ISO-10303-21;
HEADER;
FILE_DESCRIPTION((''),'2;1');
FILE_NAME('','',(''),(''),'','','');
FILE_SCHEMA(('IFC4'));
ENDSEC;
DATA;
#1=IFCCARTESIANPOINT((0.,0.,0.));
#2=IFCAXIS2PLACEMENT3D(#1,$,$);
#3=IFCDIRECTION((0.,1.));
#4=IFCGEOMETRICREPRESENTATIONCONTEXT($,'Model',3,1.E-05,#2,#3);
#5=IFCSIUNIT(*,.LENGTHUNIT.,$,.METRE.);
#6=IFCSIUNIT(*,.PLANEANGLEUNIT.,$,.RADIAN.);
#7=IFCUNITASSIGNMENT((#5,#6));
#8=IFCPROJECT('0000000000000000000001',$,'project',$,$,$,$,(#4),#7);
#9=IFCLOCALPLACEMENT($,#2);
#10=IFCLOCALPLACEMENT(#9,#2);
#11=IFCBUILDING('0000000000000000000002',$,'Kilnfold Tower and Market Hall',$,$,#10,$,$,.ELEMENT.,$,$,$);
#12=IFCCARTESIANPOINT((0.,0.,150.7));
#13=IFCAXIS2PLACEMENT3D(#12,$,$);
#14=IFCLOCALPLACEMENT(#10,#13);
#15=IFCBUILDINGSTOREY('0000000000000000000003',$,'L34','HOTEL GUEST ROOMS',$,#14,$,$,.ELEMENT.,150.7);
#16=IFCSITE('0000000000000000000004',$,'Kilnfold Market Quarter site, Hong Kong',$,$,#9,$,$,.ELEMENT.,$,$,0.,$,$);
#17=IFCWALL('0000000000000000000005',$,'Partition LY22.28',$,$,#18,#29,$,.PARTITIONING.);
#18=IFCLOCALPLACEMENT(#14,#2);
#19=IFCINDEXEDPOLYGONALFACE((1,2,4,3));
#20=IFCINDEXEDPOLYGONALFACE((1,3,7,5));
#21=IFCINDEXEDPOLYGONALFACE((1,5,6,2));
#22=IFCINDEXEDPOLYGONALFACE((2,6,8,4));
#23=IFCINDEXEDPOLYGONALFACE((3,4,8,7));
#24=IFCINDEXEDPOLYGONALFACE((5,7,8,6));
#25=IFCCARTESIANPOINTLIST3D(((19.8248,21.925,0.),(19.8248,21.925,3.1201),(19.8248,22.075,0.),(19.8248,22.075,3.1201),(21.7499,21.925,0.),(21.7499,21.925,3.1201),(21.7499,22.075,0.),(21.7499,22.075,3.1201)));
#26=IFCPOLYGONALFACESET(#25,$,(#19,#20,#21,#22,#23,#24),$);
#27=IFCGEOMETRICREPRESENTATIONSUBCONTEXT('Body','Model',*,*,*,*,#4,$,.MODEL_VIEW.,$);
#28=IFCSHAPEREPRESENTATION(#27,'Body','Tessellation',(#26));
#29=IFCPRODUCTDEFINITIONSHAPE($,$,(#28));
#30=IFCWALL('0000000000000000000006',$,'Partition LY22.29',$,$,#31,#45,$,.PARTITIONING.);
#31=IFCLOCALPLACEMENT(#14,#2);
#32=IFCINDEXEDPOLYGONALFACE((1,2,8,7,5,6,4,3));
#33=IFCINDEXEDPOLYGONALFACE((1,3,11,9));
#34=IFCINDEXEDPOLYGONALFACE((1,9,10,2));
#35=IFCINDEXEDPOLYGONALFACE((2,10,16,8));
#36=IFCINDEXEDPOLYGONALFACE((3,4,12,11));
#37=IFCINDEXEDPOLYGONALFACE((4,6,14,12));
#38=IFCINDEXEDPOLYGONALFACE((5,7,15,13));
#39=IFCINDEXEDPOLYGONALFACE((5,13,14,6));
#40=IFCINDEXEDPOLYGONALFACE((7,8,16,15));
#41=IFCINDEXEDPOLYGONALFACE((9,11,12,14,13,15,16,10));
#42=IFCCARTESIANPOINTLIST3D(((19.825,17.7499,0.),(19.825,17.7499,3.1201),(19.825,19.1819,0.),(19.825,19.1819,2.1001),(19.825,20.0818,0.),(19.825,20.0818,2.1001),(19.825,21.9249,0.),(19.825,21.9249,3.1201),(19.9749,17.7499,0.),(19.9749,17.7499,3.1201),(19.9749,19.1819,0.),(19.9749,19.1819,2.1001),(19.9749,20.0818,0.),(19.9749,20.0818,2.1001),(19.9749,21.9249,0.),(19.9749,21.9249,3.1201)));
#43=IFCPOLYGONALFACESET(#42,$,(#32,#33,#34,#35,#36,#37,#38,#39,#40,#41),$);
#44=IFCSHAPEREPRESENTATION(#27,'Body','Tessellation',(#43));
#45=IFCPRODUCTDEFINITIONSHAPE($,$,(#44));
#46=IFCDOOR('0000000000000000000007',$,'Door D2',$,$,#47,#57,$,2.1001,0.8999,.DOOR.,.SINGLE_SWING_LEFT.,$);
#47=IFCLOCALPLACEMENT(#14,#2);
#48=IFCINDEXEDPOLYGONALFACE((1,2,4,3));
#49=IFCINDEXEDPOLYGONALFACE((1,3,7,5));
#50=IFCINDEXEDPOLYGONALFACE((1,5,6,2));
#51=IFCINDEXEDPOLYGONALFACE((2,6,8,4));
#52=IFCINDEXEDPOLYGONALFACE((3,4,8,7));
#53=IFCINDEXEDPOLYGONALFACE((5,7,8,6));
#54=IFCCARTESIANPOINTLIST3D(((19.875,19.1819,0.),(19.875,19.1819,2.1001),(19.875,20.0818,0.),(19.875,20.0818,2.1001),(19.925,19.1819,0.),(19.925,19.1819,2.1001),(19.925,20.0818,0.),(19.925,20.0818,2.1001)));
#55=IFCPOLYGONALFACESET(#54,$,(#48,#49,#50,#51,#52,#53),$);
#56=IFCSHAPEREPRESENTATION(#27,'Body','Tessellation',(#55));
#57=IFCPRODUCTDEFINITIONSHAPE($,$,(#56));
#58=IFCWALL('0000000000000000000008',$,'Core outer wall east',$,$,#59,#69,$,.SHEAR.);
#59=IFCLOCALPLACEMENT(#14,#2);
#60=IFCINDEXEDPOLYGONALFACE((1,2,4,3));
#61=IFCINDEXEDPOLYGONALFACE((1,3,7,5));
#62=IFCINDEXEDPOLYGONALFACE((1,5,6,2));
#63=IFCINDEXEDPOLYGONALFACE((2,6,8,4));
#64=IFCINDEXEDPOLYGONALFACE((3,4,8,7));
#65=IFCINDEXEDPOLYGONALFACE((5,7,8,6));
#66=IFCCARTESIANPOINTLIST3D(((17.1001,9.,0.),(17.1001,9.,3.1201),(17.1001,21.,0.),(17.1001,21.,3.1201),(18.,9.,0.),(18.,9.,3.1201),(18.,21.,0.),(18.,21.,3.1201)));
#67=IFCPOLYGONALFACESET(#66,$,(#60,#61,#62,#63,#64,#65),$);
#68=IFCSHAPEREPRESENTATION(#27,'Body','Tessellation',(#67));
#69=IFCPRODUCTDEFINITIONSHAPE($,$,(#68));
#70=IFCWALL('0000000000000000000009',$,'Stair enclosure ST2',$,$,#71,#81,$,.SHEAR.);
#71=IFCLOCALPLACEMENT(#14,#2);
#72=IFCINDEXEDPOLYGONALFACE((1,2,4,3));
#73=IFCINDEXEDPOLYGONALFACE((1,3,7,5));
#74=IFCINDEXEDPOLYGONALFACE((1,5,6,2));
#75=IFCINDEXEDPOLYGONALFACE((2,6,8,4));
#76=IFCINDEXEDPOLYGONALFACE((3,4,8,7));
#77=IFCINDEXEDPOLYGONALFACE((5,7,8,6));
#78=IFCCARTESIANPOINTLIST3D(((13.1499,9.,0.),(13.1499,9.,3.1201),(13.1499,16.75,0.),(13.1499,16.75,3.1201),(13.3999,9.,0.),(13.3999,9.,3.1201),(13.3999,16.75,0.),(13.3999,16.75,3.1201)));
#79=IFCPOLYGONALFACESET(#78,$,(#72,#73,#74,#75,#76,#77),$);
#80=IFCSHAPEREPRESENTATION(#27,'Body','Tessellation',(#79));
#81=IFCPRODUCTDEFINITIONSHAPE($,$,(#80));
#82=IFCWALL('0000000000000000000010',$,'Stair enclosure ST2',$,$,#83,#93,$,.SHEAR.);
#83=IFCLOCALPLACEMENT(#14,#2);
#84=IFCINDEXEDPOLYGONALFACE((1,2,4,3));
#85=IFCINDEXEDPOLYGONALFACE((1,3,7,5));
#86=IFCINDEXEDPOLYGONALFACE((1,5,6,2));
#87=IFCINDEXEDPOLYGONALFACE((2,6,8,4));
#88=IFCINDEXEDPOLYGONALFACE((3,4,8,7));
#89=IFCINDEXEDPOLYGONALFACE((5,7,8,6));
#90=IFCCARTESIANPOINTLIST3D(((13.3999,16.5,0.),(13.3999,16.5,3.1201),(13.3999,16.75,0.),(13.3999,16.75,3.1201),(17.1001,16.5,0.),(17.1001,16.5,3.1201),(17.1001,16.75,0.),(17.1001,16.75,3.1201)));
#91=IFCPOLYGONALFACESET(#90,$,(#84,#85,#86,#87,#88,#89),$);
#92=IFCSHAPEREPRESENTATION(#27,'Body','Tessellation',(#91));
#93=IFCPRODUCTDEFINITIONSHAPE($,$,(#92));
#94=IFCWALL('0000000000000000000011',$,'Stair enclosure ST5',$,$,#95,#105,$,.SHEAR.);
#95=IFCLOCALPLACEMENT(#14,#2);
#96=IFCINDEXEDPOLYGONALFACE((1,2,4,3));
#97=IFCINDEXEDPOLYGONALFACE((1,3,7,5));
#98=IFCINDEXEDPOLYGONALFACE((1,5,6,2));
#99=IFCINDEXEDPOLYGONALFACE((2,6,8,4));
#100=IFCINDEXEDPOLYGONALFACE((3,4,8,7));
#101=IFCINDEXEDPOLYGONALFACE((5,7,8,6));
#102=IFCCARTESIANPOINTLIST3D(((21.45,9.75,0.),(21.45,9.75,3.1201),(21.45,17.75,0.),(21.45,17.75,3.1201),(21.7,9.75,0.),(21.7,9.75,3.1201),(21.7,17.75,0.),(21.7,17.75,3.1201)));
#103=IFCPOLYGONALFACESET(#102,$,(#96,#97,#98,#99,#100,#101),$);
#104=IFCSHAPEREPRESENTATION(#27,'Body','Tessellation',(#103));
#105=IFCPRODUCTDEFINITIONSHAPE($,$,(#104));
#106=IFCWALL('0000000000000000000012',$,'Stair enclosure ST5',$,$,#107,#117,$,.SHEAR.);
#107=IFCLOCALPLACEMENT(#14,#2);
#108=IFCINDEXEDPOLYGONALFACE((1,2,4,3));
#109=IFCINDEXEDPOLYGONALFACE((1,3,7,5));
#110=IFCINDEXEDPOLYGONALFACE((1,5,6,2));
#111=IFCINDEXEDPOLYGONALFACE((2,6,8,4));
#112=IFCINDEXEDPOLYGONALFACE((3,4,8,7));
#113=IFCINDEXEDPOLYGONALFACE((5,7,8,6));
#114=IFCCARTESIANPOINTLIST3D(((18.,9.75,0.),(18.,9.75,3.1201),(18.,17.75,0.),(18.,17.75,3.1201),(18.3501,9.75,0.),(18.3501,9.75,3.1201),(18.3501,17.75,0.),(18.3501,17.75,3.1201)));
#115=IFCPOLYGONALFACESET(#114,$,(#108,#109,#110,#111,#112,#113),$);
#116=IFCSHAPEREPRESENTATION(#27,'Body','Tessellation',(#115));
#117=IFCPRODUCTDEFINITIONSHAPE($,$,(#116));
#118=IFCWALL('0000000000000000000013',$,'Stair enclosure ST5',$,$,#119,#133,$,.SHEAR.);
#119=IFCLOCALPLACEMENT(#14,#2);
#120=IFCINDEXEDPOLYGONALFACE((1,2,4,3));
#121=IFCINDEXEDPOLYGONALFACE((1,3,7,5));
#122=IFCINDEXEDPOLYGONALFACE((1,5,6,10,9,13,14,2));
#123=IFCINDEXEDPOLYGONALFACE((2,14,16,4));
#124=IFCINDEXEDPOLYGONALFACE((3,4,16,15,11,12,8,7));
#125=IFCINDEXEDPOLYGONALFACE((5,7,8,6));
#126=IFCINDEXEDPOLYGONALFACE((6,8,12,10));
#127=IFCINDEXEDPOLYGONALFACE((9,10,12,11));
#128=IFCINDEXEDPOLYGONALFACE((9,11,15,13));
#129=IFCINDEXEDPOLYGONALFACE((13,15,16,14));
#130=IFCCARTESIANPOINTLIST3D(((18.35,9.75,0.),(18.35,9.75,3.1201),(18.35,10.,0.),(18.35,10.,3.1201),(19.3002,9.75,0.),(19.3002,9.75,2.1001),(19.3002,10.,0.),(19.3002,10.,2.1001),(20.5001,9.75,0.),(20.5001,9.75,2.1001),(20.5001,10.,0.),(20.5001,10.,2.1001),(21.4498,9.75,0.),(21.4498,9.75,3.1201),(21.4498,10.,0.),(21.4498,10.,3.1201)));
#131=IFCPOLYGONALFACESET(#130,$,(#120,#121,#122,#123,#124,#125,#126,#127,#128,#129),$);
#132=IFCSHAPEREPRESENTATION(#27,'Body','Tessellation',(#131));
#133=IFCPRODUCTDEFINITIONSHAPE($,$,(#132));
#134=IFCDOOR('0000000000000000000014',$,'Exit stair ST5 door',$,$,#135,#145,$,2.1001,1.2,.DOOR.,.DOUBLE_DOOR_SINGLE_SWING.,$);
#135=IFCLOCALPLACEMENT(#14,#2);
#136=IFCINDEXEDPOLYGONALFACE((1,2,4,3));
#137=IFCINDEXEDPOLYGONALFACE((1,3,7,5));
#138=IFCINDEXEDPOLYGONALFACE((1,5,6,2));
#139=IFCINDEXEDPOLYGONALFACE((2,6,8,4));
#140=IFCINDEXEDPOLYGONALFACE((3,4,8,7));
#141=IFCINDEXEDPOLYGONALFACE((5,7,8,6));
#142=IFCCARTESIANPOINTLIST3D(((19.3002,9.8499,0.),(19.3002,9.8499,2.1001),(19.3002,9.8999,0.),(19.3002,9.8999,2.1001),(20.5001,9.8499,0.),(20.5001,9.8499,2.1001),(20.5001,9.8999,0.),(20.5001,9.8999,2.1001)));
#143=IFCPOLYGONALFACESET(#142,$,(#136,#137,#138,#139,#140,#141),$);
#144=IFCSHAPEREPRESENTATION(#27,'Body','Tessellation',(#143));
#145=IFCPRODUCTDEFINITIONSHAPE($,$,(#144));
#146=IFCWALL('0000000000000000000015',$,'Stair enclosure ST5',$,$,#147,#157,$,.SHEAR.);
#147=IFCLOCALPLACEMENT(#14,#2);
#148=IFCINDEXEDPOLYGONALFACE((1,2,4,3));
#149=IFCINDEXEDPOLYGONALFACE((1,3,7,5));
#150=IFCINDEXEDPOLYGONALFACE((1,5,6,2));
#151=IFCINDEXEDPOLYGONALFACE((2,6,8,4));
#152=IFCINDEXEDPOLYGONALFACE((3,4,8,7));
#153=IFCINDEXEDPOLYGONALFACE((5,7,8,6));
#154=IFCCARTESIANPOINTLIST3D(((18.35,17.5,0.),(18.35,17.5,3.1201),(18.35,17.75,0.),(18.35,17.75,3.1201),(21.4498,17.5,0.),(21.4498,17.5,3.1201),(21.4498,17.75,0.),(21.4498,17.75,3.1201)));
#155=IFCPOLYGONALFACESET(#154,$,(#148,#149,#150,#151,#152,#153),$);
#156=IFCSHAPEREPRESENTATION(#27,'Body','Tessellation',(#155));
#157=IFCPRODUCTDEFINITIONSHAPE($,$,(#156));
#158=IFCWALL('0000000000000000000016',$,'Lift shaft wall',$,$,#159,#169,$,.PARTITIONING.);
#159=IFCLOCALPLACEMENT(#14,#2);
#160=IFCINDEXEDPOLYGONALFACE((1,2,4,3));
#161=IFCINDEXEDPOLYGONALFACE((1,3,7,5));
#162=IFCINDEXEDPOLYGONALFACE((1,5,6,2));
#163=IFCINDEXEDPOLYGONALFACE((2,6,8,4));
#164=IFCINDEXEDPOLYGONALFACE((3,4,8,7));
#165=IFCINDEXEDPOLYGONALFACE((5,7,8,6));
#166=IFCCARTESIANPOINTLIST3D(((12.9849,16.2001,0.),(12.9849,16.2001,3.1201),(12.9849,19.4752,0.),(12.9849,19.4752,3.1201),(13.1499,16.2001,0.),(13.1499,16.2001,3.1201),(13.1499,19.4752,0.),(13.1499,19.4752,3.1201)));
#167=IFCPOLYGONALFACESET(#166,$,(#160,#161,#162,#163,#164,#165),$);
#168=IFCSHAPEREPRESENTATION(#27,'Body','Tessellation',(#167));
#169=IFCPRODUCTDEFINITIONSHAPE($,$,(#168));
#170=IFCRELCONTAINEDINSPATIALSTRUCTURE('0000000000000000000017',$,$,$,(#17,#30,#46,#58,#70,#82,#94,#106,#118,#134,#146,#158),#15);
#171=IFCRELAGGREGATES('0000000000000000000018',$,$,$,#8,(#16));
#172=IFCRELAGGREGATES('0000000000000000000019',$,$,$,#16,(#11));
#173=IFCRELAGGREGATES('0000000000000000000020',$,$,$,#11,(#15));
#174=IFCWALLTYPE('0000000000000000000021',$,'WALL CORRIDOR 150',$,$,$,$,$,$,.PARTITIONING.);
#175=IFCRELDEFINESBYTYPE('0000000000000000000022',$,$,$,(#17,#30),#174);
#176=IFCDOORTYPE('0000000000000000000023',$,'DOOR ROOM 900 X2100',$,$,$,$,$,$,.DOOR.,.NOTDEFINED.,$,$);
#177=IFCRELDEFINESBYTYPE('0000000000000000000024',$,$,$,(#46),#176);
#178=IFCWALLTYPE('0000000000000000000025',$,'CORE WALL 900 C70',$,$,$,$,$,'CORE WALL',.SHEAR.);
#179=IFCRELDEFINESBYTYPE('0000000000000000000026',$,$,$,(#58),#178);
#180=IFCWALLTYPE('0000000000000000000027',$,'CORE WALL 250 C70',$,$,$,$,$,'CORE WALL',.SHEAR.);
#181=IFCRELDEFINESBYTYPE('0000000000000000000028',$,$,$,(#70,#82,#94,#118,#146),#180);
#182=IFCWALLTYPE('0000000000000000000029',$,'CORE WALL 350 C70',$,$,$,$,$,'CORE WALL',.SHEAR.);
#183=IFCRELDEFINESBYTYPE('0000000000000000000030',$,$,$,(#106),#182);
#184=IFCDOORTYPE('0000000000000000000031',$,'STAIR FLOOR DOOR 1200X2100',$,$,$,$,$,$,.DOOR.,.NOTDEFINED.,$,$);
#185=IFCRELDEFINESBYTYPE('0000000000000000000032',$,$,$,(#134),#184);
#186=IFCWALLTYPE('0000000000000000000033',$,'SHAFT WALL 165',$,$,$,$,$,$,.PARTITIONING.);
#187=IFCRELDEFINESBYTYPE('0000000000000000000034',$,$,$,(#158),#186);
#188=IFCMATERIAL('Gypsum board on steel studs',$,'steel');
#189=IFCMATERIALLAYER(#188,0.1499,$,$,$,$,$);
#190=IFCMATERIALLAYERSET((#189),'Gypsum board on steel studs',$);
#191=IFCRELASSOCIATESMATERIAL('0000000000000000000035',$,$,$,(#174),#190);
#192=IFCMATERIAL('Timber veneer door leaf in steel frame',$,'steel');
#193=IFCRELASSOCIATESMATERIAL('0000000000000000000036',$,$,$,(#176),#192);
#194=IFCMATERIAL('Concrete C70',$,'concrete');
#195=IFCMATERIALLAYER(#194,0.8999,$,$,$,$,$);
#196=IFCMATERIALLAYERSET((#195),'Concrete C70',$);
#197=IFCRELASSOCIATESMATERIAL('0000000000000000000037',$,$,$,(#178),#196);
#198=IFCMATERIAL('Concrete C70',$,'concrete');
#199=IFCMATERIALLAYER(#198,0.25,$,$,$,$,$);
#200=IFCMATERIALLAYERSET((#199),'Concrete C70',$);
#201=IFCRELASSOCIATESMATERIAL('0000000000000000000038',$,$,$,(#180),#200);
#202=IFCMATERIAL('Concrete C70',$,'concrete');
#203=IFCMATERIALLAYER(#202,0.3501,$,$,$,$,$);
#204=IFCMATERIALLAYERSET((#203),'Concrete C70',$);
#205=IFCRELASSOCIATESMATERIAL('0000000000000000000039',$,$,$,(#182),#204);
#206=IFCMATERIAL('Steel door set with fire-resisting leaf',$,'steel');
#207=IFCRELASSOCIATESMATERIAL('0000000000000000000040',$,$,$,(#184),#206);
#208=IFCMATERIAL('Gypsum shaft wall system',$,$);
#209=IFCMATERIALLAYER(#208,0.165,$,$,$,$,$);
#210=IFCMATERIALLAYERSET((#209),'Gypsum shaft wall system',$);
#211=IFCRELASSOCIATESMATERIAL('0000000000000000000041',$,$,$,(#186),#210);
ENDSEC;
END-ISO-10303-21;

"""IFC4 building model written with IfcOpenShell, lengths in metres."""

from ifc_helpers import new_model, si_unit, direction, frame, frame_2d, origin, place, context, subcontext, project, spatial, rectangle, extrude, source, transform, mapped, material, layer, layer_set, type_object, element, fill, save


model = new_model("IFC4")

# Units and contexts
model_context = context("Model", 3, precision=1e-05, world=origin(), true_north=direction((0.0, 1.0)))
body_context = subcontext(model_context, "Body", "Model", "MODEL_VIEW")
ifc_project = project(units=[si_unit("LENGTHUNIT", "METRE"), si_unit("PLANEANGLEUNIT", "RADIAN")], contexts=[model_context])

# Site, building, storey
site_placement = place(None, origin())
site = spatial("IfcSite", under=ifc_project, at=site_placement, Name="Kilnfold Market Quarter site, Hong Kong", CompositionType="ELEMENT", RefElevation=0.0)
building_placement = place(site_placement, origin())
building = spatial("IfcBuilding", under=site, at=building_placement, Name="Kilnfold Tower and Market Hall", CompositionType="ELEMENT")
storey_placement = place(building_placement, frame((0.0, 0.0, 150.7)))
storey = spatial("IfcBuildingStorey", under=building, at=storey_placement, Name="L34", Description="HOTEL GUEST ROOMS", CompositionType="ELEMENT", Elevation=150.7)

# Wall
ifc_material_1 = material(Name="Gypsum board on steel studs", Category="steel")
ifc_layer_1 = layer(ifc_material_1, 0.1499)
ifc_layer_set_1 = layer_set([ifc_layer_1], Name="Gypsum board on steel studs")
wall_type_1 = type_object("IfcWallType", Name="WALL CORRIDOR 150", PredefinedType="PARTITIONING", material=ifc_layer_set_1)
wall_1_placement = place(storey_placement, frame((19.825, 22.0, 0.0), z_axis=(0.0, 0.0, 1.0), x_axis=(1.0, 0.0, 0.0)))
element("IfcWall", 1, at=wall_1_placement, inside=storey, type_object=wall_type_1, Name="Partition LY22.28", PredefinedType="PARTITIONING", context=body_context, shape_type="SweptSolid", body=[
    extrude(rectangle(XDim=1.925, YDim=0.1499, at=frame_2d((0.9624, 0.0))), origin(), (0.0, 0.0, 1.0), 3.1201),
])

# Wall, opening, door
wall_2_placement = place(storey_placement, frame((19.8999, 17.75, 0.0), z_axis=(0.0, 0.0, 1.0), x_axis=(0.0, 1.0, 0.0)))
wall_2 = element("IfcWall", 2, at=wall_2_placement, inside=storey, type_object=wall_type_1, Name="Partition LY22.29", PredefinedType="PARTITIONING", context=body_context, shape_type="SweptSolid", body=[
    extrude(rectangle(XDim=4.175, YDim=0.1499, at=frame_2d((2.0874, 0.0))), origin(), (0.0, 0.0, 1.0), 3.1201),
])
opening_1_placement = place(wall_2_placement, frame((1.4319, 0.0, 0.0)))
opening_1 = element("IfcOpeningElement", 3, at=opening_1_placement, cuts=wall_2, PredefinedType="OPENING", context=body_context, shape_type="SweptSolid", body=[
    extrude(rectangle(XDim=0.8999, YDim=2.1001, at=frame_2d((0.45, 1.05))), frame((0.0, 0.085, 0.0), z_axis=(0.0, -1.0, 0.0), x_axis=(1.0, 0.0, 0.0)), (0.0, 0.0, 1.0), 0.1699),
])
ifc_material_2 = material(Name="Timber veneer door leaf in steel frame", Category="steel")
door_type_1 = type_object("IfcDoorType", Name="DOOR ROOM 900 X2100", OperationType="NOTDEFINED", PredefinedType="DOOR", material=ifc_material_2)
door_1_placement = place(opening_1_placement, origin())
door_1 = element("IfcDoor", 4, at=door_1_placement, inside=storey, type_object=door_type_1, Name="Door D2", OperationType="SINGLE_SWING_LEFT", OverallHeight=2.1001, OverallWidth=0.8999, PredefinedType="DOOR", context=body_context, shape_type="SweptSolid", body=[
    extrude(rectangle(XDim=0.8999, YDim=2.1001, at=frame_2d((0.45, 1.05))), frame((0.0, 0.0249, 0.0), z_axis=(0.0, -1.0, 0.0), x_axis=(1.0, 0.0, 0.0)), (0.0, 0.0, 1.0), 0.05),
])
fill(opening_1, door_1)

# Walls
ifc_material_3 = material(Name="Concrete C70", Category="concrete")
ifc_layer_2 = layer(ifc_material_3, 0.8999)
ifc_layer_set_2 = layer_set([ifc_layer_2], Name="Concrete C70")
wall_type_2 = type_object("IfcWallType", Name="CORE WALL 900 C70", ElementType="CORE WALL", PredefinedType="SHEAR", material=ifc_layer_set_2)
shared_shape_1 = source(origin(), body_context, "Body", "SweptSolid", [
    extrude(rectangle(XDim=12.0, YDim=0.8999, at=frame_2d((6.0, 0.0))), origin(), (0.0, 0.0, 1.0), 3.1201),
])
wall_3_placement = place(storey_placement, frame((17.55, 9.0, 0.0), z_axis=(0.0, 0.0, 1.0), x_axis=(0.0, 1.0, 0.0)))
element("IfcWall", 5, at=wall_3_placement, inside=storey, type_object=wall_type_2, Name="Core outer wall east", PredefinedType="SHEAR", context=body_context, shape_type="MappedRepresentation", body=[
    mapped(shared_shape_1, transform((0.0, 0.0, 0.0))),
])
ifc_material_4 = material(Name="Concrete C70", Category="concrete")
ifc_layer_3 = layer(ifc_material_4, 0.25)
ifc_layer_set_3 = layer_set([ifc_layer_3], Name="Concrete C70")
wall_type_3 = type_object("IfcWallType", Name="CORE WALL 250 C70", ElementType="CORE WALL", PredefinedType="SHEAR", material=ifc_layer_set_3)
shared_shape_2 = source(origin(), body_context, "Body", "SweptSolid", [
    extrude(rectangle(XDim=7.75, YDim=0.25, at=frame_2d((3.875, 0.0))), origin(), (0.0, 0.0, 1.0), 3.1201),
])
wall_4_placement = place(storey_placement, frame((13.2749, 9.0, 0.0), z_axis=(0.0, 0.0, 1.0), x_axis=(0.0, 1.0, 0.0)))
element("IfcWall", 6, at=wall_4_placement, inside=storey, type_object=wall_type_3, Name="Stair enclosure ST2", PredefinedType="SHEAR", context=body_context, shape_type="MappedRepresentation", body=[
    mapped(shared_shape_2, transform((0.0, 0.0, 0.0))),
])
shared_shape_3 = source(origin(), body_context, "Body", "SweptSolid", [
    extrude(rectangle(XDim=3.7002, YDim=0.25, at=frame_2d((1.8501, 0.0))), origin(), (0.0, 0.0, 1.0), 3.1201),
])
wall_5_placement = place(storey_placement, frame((13.3999, 16.625, 0.0), z_axis=(0.0, 0.0, 1.0), x_axis=(1.0, 0.0, 0.0)))
element("IfcWall", 7, at=wall_5_placement, inside=storey, type_object=wall_type_3, Name="Stair enclosure ST2", PredefinedType="SHEAR", context=body_context, shape_type="MappedRepresentation", body=[
    mapped(shared_shape_3, transform((0.0, 0.0, 0.0))),
])
shared_shape_4 = source(origin(), body_context, "Body", "SweptSolid", [
    extrude(rectangle(XDim=8.0, YDim=0.25, at=frame_2d((4.0, 0.0))), origin(), (0.0, 0.0, 1.0), 3.1201),
])
wall_6_placement = place(storey_placement, frame((21.575, 9.75, 0.0), z_axis=(0.0, 0.0, 1.0), x_axis=(0.0, 1.0, 0.0)))
element("IfcWall", 8, at=wall_6_placement, inside=storey, type_object=wall_type_3, Name="Stair enclosure ST5", PredefinedType="SHEAR", context=body_context, shape_type="MappedRepresentation", body=[
    mapped(shared_shape_4, transform((0.0, 0.0, 0.0))),
])
ifc_material_5 = material(Name="Concrete C70", Category="concrete")
ifc_layer_4 = layer(ifc_material_5, 0.3501)
ifc_layer_set_4 = layer_set([ifc_layer_4], Name="Concrete C70")
wall_type_4 = type_object("IfcWallType", Name="CORE WALL 350 C70", ElementType="CORE WALL", PredefinedType="SHEAR", material=ifc_layer_set_4)
shared_shape_5 = source(origin(), body_context, "Body", "SweptSolid", [
    extrude(rectangle(XDim=8.0, YDim=0.3501, at=frame_2d((4.0, 0.0))), origin(), (0.0, 0.0, 1.0), 3.1201),
])
wall_7_placement = place(storey_placement, frame((18.175, 9.75, 0.0), z_axis=(0.0, 0.0, 1.0), x_axis=(0.0, 1.0, 0.0)))
element("IfcWall", 9, at=wall_7_placement, inside=storey, type_object=wall_type_4, Name="Stair enclosure ST5", PredefinedType="SHEAR", context=body_context, shape_type="MappedRepresentation", body=[
    mapped(shared_shape_5, transform((0.0, 0.0, 0.0))),
])

# Wall, opening, door
shared_shape_6 = source(origin(), body_context, "Body", "SweptSolid", [
    extrude(rectangle(XDim=3.0999, YDim=0.25, at=frame_2d((1.5498, 0.0))), origin(), (0.0, 0.0, 1.0), 3.1201),
])
wall_8_placement = place(storey_placement, frame((18.3501, 9.875, 0.0), z_axis=(0.0, 0.0, 1.0), x_axis=(1.0, 0.0, 0.0)))
wall_8 = element("IfcWall", 10, at=wall_8_placement, inside=storey, type_object=wall_type_3, Name="Stair enclosure ST5", PredefinedType="SHEAR", context=body_context, shape_type="MappedRepresentation", body=[
    mapped(shared_shape_6, transform((0.0, 0.0, 0.0))),
])
opening_2_placement = place(wall_8_placement, frame((0.95, 0.0, 0.0)))
opening_2 = element("IfcOpeningElement", 11, at=opening_2_placement, cuts=wall_8, PredefinedType="OPENING", context=body_context, shape_type="SweptSolid", body=[
    extrude(rectangle(XDim=1.2, YDim=2.1001, at=frame_2d((0.6001, 1.05))), frame((0.0, 0.135, 0.0), z_axis=(0.0, -1.0, 0.0), x_axis=(1.0, 0.0, 0.0)), (0.0, 0.0, 1.0), 0.27),
])
ifc_material_6 = material(Name="Steel door set with fire-resisting leaf", Category="steel")
door_type_2 = type_object("IfcDoorType", Name="STAIR FLOOR DOOR 1200X2100", OperationType="NOTDEFINED", PredefinedType="DOOR", material=ifc_material_6)
door_2_placement = place(opening_2_placement, origin())
door_2 = element("IfcDoor", 12, at=door_2_placement, inside=storey, type_object=door_type_2, Name="Exit stair ST5 door", OperationType="DOUBLE_DOOR_SINGLE_SWING", OverallHeight=2.1001, OverallWidth=1.2, PredefinedType="DOOR", context=body_context, shape_type="SweptSolid", body=[
    extrude(rectangle(XDim=1.2, YDim=2.1001, at=frame_2d((0.6001, 1.05))), frame((0.0, 0.0249, 0.0), z_axis=(0.0, -1.0, 0.0), x_axis=(1.0, 0.0, 0.0)), (0.0, 0.0, 1.0), 0.05),
])
fill(opening_2, door_2)

# Walls
wall_9_placement = place(storey_placement, frame((18.3501, 17.625, 0.0), z_axis=(0.0, 0.0, 1.0), x_axis=(1.0, 0.0, 0.0)))
element("IfcWall", 13, at=wall_9_placement, inside=storey, type_object=wall_type_3, Name="Stair enclosure ST5", PredefinedType="SHEAR", context=body_context, shape_type="MappedRepresentation", body=[
    mapped(shared_shape_6, transform((0.0, 0.0, 0.0))),
])
ifc_material_7 = material(Name="Gypsum shaft wall system")
ifc_layer_5 = layer(ifc_material_7, 0.165)
ifc_layer_set_5 = layer_set([ifc_layer_5], Name="Gypsum shaft wall system")
wall_type_5 = type_object("IfcWallType", Name="SHAFT WALL 165", PredefinedType="PARTITIONING", material=ifc_layer_set_5)
shared_shape_7 = source(origin(), body_context, "Body", "SweptSolid", [
    extrude(rectangle(XDim=3.2751, YDim=0.165, at=frame_2d((1.6377, 0.0))), origin(), (0.0, 0.0, 1.0), 3.1201),
])
wall_10_placement = place(storey_placement, frame((13.0674, 16.2, 0.0), z_axis=(0.0, 0.0, 1.0), x_axis=(0.0, 1.0, 0.0)))
element("IfcWall", 14, at=wall_10_placement, inside=storey, type_object=wall_type_5, Name="Lift shaft wall", PredefinedType="PARTITIONING", context=body_context, shape_type="MappedRepresentation", body=[
    mapped(shared_shape_7, transform((0.0, 0.0, 0.0))),
])

save(model, "model.ifc")
